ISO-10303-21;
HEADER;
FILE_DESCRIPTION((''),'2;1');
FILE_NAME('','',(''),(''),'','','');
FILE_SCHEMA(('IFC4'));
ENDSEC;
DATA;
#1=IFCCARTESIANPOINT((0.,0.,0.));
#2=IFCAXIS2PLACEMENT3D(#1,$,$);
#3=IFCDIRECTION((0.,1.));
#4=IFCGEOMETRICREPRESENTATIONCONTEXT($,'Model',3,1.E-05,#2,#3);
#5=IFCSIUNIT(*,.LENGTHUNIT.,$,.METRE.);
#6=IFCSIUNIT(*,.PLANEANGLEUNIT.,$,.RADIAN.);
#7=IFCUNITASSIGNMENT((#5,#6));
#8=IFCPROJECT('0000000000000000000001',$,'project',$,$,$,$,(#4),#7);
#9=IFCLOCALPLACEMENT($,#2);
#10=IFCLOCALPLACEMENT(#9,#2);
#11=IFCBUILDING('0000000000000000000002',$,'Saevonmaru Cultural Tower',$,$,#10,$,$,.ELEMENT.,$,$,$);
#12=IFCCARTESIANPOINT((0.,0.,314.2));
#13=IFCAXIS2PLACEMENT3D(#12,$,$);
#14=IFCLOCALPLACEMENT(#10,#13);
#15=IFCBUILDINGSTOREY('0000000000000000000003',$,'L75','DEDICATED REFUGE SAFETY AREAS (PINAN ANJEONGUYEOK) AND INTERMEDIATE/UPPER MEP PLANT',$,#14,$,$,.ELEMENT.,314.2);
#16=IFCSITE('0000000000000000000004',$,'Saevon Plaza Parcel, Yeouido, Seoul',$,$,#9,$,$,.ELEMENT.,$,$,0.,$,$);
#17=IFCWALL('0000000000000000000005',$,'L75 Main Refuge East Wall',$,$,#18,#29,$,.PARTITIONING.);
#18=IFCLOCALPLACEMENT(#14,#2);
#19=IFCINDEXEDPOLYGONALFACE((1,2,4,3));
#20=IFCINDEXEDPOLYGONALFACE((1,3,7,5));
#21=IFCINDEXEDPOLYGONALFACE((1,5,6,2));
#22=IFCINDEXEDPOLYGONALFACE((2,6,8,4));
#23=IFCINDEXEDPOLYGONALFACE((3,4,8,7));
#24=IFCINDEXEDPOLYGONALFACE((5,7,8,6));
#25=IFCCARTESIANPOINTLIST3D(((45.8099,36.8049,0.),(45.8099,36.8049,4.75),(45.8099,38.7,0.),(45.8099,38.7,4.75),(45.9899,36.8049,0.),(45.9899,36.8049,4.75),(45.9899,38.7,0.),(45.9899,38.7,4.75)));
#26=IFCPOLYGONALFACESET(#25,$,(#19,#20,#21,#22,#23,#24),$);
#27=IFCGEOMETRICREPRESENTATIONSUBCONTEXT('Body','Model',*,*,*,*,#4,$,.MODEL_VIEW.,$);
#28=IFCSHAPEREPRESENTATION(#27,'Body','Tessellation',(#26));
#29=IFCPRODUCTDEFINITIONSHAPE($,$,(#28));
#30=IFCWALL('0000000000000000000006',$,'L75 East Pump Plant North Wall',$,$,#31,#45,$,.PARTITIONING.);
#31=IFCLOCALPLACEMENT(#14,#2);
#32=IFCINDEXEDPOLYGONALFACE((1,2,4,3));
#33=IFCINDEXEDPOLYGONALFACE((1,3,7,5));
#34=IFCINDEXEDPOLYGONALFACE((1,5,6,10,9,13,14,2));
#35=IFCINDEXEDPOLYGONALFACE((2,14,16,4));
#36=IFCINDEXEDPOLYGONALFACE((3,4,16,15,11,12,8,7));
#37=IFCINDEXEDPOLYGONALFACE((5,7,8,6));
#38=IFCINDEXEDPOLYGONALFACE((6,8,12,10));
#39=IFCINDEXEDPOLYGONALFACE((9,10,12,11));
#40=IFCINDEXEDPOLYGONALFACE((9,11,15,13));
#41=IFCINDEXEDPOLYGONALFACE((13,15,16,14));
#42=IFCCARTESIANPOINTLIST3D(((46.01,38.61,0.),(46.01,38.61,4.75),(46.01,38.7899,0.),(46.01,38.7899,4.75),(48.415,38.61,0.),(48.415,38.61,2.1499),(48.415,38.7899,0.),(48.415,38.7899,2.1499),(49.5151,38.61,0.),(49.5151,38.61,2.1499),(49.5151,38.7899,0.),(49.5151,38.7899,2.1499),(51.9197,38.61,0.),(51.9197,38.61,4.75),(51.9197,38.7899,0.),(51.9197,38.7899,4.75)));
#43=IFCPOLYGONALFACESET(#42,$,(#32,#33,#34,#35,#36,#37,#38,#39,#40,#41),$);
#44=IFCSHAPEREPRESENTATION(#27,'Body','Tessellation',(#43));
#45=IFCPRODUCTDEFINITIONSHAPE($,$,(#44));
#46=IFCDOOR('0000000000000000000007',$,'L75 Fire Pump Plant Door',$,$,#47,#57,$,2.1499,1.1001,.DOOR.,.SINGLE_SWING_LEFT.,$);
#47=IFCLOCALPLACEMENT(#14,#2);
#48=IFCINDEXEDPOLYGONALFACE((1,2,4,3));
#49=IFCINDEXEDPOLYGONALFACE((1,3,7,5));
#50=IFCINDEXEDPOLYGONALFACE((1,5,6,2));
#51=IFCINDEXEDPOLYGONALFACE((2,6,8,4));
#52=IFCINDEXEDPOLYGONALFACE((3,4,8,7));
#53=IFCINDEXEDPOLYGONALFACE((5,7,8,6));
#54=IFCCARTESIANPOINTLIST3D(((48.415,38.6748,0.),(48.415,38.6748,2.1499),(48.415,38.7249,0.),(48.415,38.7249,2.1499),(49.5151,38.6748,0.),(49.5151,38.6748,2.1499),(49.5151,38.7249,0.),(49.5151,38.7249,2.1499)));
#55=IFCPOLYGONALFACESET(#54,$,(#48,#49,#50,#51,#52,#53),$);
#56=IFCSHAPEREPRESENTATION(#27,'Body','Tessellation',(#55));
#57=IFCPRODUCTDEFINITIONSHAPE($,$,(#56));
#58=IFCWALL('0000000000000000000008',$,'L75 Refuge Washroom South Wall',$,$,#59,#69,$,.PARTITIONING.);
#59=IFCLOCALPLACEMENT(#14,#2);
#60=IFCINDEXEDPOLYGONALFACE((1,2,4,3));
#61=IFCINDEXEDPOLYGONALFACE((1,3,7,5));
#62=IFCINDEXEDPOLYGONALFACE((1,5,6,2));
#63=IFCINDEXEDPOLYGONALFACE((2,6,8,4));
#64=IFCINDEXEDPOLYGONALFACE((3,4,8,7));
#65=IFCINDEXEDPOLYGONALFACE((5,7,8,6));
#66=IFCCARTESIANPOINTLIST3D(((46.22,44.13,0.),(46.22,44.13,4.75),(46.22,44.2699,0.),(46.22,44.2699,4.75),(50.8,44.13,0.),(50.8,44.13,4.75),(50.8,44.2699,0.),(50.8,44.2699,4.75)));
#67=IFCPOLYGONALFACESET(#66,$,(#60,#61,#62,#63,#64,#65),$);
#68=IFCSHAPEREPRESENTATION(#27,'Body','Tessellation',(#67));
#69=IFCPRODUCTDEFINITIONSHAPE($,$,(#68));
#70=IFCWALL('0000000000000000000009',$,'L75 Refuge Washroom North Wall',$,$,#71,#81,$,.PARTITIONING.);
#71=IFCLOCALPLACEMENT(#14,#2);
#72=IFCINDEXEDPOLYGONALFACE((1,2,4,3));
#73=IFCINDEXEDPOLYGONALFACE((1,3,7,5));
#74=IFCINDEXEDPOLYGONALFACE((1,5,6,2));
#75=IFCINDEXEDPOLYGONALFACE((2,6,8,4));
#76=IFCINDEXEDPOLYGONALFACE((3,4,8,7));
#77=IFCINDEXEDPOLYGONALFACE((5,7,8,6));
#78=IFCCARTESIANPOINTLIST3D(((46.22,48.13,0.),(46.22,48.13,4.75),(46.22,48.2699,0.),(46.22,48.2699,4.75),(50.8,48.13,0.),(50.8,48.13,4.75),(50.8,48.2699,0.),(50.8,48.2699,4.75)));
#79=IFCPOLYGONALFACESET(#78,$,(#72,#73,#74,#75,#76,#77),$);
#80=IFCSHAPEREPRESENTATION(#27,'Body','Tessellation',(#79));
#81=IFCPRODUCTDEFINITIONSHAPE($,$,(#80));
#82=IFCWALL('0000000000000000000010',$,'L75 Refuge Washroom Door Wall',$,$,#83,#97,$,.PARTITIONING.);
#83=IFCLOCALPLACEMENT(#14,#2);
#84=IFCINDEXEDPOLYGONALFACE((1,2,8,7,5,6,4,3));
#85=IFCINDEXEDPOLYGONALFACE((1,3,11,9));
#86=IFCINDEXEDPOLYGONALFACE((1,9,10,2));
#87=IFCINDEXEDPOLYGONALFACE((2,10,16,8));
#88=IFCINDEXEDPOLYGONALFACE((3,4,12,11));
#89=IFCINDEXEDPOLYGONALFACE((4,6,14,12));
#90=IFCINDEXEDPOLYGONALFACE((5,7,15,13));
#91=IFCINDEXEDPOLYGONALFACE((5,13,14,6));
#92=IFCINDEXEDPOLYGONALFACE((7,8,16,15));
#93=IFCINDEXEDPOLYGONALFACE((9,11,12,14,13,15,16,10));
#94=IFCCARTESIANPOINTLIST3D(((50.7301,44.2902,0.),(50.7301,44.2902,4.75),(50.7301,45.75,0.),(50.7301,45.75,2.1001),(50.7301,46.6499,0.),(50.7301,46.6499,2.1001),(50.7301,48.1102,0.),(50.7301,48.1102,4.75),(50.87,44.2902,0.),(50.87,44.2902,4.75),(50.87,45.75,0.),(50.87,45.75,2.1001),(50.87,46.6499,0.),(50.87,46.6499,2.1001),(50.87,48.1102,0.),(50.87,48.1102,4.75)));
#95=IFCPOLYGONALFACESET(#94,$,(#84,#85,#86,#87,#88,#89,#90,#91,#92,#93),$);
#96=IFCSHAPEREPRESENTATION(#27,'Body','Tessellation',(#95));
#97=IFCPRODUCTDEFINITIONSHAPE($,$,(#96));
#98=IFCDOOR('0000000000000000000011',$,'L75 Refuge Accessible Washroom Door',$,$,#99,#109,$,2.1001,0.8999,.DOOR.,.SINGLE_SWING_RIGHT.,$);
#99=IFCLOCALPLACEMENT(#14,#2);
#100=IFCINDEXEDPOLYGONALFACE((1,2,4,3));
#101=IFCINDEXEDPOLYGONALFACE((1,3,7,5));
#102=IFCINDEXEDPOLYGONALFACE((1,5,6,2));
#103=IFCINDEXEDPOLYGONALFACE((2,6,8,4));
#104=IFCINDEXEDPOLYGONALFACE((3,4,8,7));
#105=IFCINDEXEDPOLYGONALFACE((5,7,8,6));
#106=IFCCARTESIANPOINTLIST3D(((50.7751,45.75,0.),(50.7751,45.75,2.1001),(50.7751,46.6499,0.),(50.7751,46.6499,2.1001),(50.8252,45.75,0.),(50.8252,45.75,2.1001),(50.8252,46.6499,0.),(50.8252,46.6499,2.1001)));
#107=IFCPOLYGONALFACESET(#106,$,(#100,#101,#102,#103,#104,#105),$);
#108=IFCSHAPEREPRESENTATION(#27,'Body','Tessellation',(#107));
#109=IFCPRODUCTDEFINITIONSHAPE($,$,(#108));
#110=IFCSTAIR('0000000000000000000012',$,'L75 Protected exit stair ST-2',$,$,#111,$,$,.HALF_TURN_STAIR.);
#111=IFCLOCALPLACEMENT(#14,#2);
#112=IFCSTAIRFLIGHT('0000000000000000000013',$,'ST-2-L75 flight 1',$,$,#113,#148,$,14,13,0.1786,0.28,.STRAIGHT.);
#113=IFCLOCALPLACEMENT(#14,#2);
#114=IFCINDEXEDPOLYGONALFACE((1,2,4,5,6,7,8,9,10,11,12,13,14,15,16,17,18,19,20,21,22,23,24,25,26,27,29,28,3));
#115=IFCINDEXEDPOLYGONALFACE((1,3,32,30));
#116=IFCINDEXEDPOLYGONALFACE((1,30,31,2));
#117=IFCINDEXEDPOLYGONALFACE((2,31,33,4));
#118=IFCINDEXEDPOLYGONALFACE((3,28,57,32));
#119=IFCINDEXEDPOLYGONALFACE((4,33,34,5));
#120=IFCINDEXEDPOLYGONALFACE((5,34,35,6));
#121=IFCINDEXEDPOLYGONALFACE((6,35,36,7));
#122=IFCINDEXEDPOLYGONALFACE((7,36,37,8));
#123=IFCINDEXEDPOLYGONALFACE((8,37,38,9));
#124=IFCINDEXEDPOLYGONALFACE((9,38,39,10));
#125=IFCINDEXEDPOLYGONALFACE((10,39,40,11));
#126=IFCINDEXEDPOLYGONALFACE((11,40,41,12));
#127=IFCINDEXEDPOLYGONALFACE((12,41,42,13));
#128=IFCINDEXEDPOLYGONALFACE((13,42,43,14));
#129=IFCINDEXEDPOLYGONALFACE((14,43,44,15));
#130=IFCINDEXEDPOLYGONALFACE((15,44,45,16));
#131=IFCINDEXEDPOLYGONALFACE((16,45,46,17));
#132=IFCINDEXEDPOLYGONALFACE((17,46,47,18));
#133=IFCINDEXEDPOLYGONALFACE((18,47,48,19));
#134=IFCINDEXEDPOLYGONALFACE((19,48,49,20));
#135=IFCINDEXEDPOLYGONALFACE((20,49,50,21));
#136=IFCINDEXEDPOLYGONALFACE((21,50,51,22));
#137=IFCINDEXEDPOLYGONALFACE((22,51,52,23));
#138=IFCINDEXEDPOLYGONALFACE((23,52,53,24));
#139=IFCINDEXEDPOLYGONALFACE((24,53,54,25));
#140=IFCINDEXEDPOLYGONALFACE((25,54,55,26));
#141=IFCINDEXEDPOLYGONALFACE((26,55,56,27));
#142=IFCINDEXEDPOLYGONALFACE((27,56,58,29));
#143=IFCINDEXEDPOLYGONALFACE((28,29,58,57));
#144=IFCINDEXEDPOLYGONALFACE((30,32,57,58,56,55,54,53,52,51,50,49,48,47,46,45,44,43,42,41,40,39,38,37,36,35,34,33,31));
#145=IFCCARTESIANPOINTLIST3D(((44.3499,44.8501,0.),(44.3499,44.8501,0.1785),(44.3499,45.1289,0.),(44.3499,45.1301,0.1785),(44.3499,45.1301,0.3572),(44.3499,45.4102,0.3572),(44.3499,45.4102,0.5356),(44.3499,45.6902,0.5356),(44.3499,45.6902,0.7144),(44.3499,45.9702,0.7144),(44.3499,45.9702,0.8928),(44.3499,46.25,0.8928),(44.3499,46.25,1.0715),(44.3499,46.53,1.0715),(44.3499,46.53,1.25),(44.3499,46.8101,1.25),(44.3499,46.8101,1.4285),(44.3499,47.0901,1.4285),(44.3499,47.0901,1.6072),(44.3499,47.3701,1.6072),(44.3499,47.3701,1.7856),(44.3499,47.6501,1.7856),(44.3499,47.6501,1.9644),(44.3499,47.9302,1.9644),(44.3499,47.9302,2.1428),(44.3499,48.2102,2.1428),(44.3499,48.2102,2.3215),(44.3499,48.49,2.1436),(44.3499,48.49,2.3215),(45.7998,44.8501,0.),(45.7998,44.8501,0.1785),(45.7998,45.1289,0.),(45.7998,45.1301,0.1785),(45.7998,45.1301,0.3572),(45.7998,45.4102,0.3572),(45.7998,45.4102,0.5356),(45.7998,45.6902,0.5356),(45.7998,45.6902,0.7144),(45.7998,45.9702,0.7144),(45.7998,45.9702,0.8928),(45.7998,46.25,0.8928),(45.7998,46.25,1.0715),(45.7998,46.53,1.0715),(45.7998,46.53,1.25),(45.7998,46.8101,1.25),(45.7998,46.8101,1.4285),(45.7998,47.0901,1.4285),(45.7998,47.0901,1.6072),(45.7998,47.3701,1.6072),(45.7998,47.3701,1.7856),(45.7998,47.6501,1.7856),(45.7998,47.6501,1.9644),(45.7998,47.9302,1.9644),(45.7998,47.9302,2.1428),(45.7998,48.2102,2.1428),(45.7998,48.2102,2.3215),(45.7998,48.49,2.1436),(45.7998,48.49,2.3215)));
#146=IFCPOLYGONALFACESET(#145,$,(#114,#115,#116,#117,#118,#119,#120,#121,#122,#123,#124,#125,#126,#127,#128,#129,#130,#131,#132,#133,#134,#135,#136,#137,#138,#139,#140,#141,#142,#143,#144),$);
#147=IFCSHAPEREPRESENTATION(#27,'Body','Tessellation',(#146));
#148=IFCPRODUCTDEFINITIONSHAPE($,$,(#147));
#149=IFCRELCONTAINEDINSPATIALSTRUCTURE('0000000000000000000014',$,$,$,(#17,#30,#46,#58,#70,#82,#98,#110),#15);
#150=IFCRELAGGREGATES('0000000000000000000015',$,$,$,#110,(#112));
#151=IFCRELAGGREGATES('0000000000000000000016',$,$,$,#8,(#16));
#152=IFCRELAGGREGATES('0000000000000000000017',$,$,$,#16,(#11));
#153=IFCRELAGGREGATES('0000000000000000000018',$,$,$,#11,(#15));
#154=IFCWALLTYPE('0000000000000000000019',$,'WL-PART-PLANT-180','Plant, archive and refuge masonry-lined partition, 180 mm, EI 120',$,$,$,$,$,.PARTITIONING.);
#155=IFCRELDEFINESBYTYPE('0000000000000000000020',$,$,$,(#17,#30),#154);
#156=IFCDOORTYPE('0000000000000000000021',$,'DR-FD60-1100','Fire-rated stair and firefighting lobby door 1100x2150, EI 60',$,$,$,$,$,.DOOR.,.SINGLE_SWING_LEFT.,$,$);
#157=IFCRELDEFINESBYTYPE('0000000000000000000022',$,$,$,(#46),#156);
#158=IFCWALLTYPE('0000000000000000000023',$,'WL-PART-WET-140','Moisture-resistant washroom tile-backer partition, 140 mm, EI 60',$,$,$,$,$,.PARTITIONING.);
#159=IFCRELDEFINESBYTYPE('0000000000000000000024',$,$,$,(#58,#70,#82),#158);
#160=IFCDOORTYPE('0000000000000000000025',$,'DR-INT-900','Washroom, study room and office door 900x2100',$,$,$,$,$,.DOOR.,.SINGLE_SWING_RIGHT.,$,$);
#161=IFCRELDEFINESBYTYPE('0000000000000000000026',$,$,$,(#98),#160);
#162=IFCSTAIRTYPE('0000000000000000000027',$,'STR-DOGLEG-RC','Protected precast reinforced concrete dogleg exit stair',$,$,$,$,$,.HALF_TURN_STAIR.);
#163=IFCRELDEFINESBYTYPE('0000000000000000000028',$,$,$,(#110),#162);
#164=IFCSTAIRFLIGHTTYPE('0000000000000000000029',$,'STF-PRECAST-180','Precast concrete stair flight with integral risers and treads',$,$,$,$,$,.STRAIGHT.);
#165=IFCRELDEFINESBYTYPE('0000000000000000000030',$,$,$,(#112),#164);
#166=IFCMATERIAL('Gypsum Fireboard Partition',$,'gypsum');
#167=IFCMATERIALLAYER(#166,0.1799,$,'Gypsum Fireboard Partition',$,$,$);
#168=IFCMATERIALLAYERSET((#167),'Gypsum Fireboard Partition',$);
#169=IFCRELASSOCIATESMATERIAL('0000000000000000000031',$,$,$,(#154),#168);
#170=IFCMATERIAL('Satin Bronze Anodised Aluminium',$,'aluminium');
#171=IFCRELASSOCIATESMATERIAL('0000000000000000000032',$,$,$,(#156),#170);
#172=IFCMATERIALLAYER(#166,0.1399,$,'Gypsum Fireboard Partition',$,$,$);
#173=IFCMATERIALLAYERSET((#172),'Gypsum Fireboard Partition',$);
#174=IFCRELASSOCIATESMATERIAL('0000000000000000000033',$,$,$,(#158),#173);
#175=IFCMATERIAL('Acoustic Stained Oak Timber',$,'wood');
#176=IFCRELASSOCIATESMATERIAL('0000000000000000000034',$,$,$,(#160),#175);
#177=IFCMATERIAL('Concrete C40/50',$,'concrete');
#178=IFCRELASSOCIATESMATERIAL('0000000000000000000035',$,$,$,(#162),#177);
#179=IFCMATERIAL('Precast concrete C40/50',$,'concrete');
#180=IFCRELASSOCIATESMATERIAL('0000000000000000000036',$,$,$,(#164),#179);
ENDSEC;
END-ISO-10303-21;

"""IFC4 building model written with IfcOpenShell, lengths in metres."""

from ifc_helpers import new_model, si_unit, direction, frame, frame_2d, origin, place, context, subcontext, project, spatial, polyline, rectangle, outline, extrude, material, layer, layer_set, type_object, element, fill, aggregate, save


model = new_model("IFC4")

# Units and contexts
model_context = context("Model", 3, precision=1e-05, world=origin(), true_north=direction((0.0, 1.0)))
body_context = subcontext(model_context, "Body", "Model", "MODEL_VIEW")
ifc_project = project(units=[si_unit("LENGTHUNIT", "METRE"), si_unit("PLANEANGLEUNIT", "RADIAN")], contexts=[model_context])

# Site, building, storey
site_placement = place(None, origin())
site = spatial("IfcSite", under=ifc_project, at=site_placement, Name="Saevon Plaza Parcel, Yeouido, Seoul", CompositionType="ELEMENT", RefElevation=0.0)
building_placement = place(site_placement, origin())
building = spatial("IfcBuilding", under=site, at=building_placement, Name="Saevonmaru Cultural Tower", CompositionType="ELEMENT")
storey_placement = place(building_placement, frame((0.0, 0.0, 314.2)))
storey = spatial("IfcBuildingStorey", under=building, at=storey_placement, Name="L75", Description="DEDICATED REFUGE SAFETY AREAS (PINAN ANJEONGUYEOK) AND INTERMEDIATE/UPPER MEP PLANT", CompositionType="ELEMENT", Elevation=314.2)

# Shared definitions
ifc_material_1 = material(Name="Satin Bronze Anodised Aluminium", Category="aluminium")

# Shared definitions
ifc_material_2 = material(Name="Gypsum Fireboard Partition", Category="gypsum")
ifc_layer_1 = layer(ifc_material_2, 0.1799, Name="Gypsum Fireboard Partition")
ifc_layer_set_1 = layer_set([ifc_layer_1], Name="Gypsum Fireboard Partition")
wall_type_1 = type_object("IfcWallType", Name="WL-PART-PLANT-180", Description="Plant, archive and refuge masonry-lined partition, 180 mm, EI 120", PredefinedType="PARTITIONING", material=ifc_layer_set_1)
door_type_1 = type_object("IfcDoorType", Name="DR-FD60-1100", Description="Fire-rated stair and firefighting lobby door 1100x2150, EI 60", OperationType="SINGLE_SWING_LEFT", PredefinedType="DOOR", material=ifc_material_1)

# Wall
wall_1_placement = place(storey_placement, frame((45.8999, 36.8049, 0.0), z_axis=(0.0, 0.0, 1.0), x_axis=(0.0, 1.0, 0.0)))
element("IfcWall", 1, at=wall_1_placement, inside=storey, type_object=wall_type_1, Name="L75 Main Refuge East Wall", PredefinedType="PARTITIONING", context=body_context, shape_type="SweptSolid", body=[
    extrude(rectangle(XDim=1.895, YDim=0.1799, at=frame_2d((0.9475, 0.0))), origin(), (0.0, 0.0, 1.0), 4.75),
])

# Wall, opening, door
wall_2_placement = place(storey_placement, frame((46.01, 38.7, 0.0), z_axis=(0.0, 0.0, 1.0), x_axis=(1.0, 0.0, 0.0)))
wall_2 = element("IfcWall", 2, at=wall_2_placement, inside=storey, type_object=wall_type_1, Name="L75 East Pump Plant North Wall", PredefinedType="PARTITIONING", context=body_context, shape_type="SweptSolid", body=[
    extrude(rectangle(XDim=5.9097, YDim=0.1799, at=frame_2d((2.9548, 0.0))), origin(), (0.0, 0.0, 1.0), 4.75),
])
opening_1_placement = place(wall_2_placement, frame((2.405, 0.0, 0.0)))
opening_1 = element("IfcOpeningElement", 3, at=opening_1_placement, cuts=wall_2, PredefinedType="OPENING", context=body_context, shape_type="SweptSolid", body=[
    extrude(rectangle(XDim=1.1001, YDim=2.1499, at=frame_2d((0.55, 1.075))), frame((0.0, 0.1001, 0.0), z_axis=(0.0, -1.0, 0.0), x_axis=(1.0, 0.0, 0.0)), (0.0, 0.0, 1.0), 0.2),
])
door_1_placement = place(opening_1_placement, origin())
door_1 = element("IfcDoor", 4, at=door_1_placement, inside=storey, type_object=door_type_1, Name="L75 Fire Pump Plant Door", OperationType="SINGLE_SWING_LEFT", OverallHeight=2.1499, OverallWidth=1.1001, PredefinedType="DOOR", context=body_context, shape_type="SweptSolid", body=[
    extrude(rectangle(XDim=1.1001, YDim=2.1499, at=frame_2d((0.55, 1.075))), frame((0.0, 0.0249, 0.0), z_axis=(0.0, -1.0, 0.0), x_axis=(1.0, 0.0, 0.0)), (0.0, 0.0, 1.0), 0.05),
])
fill(opening_1, door_1)

# Walls
ifc_layer_2 = layer(ifc_material_2, 0.1399, Name="Gypsum Fireboard Partition")
ifc_layer_set_2 = layer_set([ifc_layer_2], Name="Gypsum Fireboard Partition")
wall_type_2 = type_object("IfcWallType", Name="WL-PART-WET-140", Description="Moisture-resistant washroom tile-backer partition, 140 mm, EI 60", PredefinedType="PARTITIONING", material=ifc_layer_set_2)
for number, where, z_axis, x_axis, name in (
    (5, (46.22, 44.2, 0.0), (0.0, 0.0, 1.0), (1.0, 0.0, 0.0), "L75 Refuge Washroom South Wall"),
    (6, (46.22, 48.2, 0.0), (0.0, 0.0, 1.0), (1.0, 0.0, 0.0), "L75 Refuge Washroom North Wall"),
):
    element("IfcWall", number, at=place(storey_placement, frame(where, z_axis=z_axis, x_axis=x_axis)), inside=storey, type_object=wall_type_2, Name=name, PredefinedType="PARTITIONING", context=body_context, shape_type="SweptSolid", body=[
        extrude(rectangle(XDim=4.5801, YDim=0.1399, at=frame_2d((2.29, 0.0))), origin(), (0.0, 0.0, 1.0), 4.75),
    ])

# Wall, opening, door
wall_3_placement = place(storey_placement, frame((50.8, 44.29, 0.0), z_axis=(0.0, 0.0, 1.0), x_axis=(0.0, 1.0, 0.0)))
wall_3 = element("IfcWall", 7, at=wall_3_placement, inside=storey, type_object=wall_type_2, Name="L75 Refuge Washroom Door Wall", PredefinedType="PARTITIONING", context=body_context, shape_type="SweptSolid", body=[
    extrude(rectangle(XDim=3.8201, YDim=0.1399, at=frame_2d((1.9102, 0.0))), origin(), (0.0, 0.0, 1.0), 4.75),
])
opening_2_placement = place(wall_3_placement, frame((1.46, 0.0, 0.0)))
opening_2 = element("IfcOpeningElement", 8, at=opening_2_placement, cuts=wall_3, PredefinedType="OPENING", context=body_context, shape_type="SweptSolid", body=[
    extrude(rectangle(XDim=0.8999, YDim=2.1001, at=frame_2d((0.45, 1.05))), frame((0.0, 0.0801, 0.0), z_axis=(0.0, -1.0, 0.0), x_axis=(1.0, 0.0, 0.0)), (0.0, 0.0, 1.0), 0.1599),
])
ifc_material_3 = material(Name="Acoustic Stained Oak Timber", Category="wood")
door_type_2 = type_object("IfcDoorType", Name="DR-INT-900", Description="Washroom, study room and office door 900x2100", OperationType="SINGLE_SWING_RIGHT", PredefinedType="DOOR", material=ifc_material_3)
door_2_placement = place(opening_2_placement, origin())
door_2 = element("IfcDoor", 9, at=door_2_placement, inside=storey, type_object=door_type_2, Name="L75 Refuge Accessible Washroom Door", OperationType="SINGLE_SWING_RIGHT", OverallHeight=2.1001, OverallWidth=0.8999, PredefinedType="DOOR", context=body_context, shape_type="SweptSolid", body=[
    extrude(rectangle(XDim=0.8999, YDim=2.1001, at=frame_2d((0.45, 1.05))), frame((0.0, 0.0249, 0.0), z_axis=(0.0, -1.0, 0.0), x_axis=(1.0, 0.0, 0.0)), (0.0, 0.0, 1.0), 0.05),
])
fill(opening_2, door_2)

# Stair, stair flight
ifc_material_4 = material(Name="Concrete C40/50", Category="concrete")
stair_type = type_object("IfcStairType", Name="STR-DOGLEG-RC", Description="Protected precast reinforced concrete dogleg exit stair", PredefinedType="HALF_TURN_STAIR", material=ifc_material_4)
stair_placement = place(storey_placement, origin())
stair = element("IfcStair", 10, at=stair_placement, inside=storey, type_object=stair_type, Name="L75 Protected exit stair ST-2", PredefinedType="HALF_TURN_STAIR")
ifc_material_5 = material(Name="Precast concrete C40/50", Category="concrete")
stair_flight_type = type_object("IfcStairFlightType", Name="STF-PRECAST-180", Description="Precast concrete stair flight with integral risers and treads", PredefinedType="STRAIGHT", material=ifc_material_5)
stair_flight_1_placement = place(storey_placement, frame((45.075, 44.8501, 0.0), z_axis=(0.0, 0.0, 1.0), x_axis=(0.0, 1.0, 0.0)))
stair_flight_1 = element("IfcStairFlight", 11, at=stair_flight_1_placement, type_object=stair_flight_type, Name="ST-2-L75 flight 1", NumberOfRisers=14, NumberOfTreads=13, PredefinedType="STRAIGHT", RiserHeight=0.1786, TreadLength=0.28, context=body_context, shape_type="SweptSolid", body=[
    extrude(outline(polyline([(0.0, 0.0), (0.0, 0.1785), (0.28, 0.1785), (0.28, 0.3572), (0.5601, 0.3572), (0.5601, 0.5356), (0.8401, 0.5356), (0.8401, 0.7144), (1.1201, 0.7144), (1.1201, 0.8928), (1.3999, 0.8928), (1.3999, 1.0715), (1.6799, 1.0715), (1.6799, 1.25), (1.96, 1.25), (1.96, 1.4285), (2.24, 1.4285), (2.24, 1.6072), (2.52, 1.6072), (2.52, 1.7856), (2.8, 1.7856), (2.8, 1.9644), (3.0801, 1.9644), (3.0801, 2.1428), (3.3601, 2.1428), (3.3601, 2.3215), (3.6399, 2.3215), (3.6399, 2.5), (3.6399, 2.1436), (0.2788, 0.0), (0.0, 0.0)])), frame((0.0, 0.7251, 0.0), z_axis=(0.0, -1.0, 0.0), x_axis=(1.0, 0.0, 0.0)), (0.0, 0.0, 1.0), 1.45),
])
aggregate(stair, [stair_flight_1])

save(model, "model.ifc")
